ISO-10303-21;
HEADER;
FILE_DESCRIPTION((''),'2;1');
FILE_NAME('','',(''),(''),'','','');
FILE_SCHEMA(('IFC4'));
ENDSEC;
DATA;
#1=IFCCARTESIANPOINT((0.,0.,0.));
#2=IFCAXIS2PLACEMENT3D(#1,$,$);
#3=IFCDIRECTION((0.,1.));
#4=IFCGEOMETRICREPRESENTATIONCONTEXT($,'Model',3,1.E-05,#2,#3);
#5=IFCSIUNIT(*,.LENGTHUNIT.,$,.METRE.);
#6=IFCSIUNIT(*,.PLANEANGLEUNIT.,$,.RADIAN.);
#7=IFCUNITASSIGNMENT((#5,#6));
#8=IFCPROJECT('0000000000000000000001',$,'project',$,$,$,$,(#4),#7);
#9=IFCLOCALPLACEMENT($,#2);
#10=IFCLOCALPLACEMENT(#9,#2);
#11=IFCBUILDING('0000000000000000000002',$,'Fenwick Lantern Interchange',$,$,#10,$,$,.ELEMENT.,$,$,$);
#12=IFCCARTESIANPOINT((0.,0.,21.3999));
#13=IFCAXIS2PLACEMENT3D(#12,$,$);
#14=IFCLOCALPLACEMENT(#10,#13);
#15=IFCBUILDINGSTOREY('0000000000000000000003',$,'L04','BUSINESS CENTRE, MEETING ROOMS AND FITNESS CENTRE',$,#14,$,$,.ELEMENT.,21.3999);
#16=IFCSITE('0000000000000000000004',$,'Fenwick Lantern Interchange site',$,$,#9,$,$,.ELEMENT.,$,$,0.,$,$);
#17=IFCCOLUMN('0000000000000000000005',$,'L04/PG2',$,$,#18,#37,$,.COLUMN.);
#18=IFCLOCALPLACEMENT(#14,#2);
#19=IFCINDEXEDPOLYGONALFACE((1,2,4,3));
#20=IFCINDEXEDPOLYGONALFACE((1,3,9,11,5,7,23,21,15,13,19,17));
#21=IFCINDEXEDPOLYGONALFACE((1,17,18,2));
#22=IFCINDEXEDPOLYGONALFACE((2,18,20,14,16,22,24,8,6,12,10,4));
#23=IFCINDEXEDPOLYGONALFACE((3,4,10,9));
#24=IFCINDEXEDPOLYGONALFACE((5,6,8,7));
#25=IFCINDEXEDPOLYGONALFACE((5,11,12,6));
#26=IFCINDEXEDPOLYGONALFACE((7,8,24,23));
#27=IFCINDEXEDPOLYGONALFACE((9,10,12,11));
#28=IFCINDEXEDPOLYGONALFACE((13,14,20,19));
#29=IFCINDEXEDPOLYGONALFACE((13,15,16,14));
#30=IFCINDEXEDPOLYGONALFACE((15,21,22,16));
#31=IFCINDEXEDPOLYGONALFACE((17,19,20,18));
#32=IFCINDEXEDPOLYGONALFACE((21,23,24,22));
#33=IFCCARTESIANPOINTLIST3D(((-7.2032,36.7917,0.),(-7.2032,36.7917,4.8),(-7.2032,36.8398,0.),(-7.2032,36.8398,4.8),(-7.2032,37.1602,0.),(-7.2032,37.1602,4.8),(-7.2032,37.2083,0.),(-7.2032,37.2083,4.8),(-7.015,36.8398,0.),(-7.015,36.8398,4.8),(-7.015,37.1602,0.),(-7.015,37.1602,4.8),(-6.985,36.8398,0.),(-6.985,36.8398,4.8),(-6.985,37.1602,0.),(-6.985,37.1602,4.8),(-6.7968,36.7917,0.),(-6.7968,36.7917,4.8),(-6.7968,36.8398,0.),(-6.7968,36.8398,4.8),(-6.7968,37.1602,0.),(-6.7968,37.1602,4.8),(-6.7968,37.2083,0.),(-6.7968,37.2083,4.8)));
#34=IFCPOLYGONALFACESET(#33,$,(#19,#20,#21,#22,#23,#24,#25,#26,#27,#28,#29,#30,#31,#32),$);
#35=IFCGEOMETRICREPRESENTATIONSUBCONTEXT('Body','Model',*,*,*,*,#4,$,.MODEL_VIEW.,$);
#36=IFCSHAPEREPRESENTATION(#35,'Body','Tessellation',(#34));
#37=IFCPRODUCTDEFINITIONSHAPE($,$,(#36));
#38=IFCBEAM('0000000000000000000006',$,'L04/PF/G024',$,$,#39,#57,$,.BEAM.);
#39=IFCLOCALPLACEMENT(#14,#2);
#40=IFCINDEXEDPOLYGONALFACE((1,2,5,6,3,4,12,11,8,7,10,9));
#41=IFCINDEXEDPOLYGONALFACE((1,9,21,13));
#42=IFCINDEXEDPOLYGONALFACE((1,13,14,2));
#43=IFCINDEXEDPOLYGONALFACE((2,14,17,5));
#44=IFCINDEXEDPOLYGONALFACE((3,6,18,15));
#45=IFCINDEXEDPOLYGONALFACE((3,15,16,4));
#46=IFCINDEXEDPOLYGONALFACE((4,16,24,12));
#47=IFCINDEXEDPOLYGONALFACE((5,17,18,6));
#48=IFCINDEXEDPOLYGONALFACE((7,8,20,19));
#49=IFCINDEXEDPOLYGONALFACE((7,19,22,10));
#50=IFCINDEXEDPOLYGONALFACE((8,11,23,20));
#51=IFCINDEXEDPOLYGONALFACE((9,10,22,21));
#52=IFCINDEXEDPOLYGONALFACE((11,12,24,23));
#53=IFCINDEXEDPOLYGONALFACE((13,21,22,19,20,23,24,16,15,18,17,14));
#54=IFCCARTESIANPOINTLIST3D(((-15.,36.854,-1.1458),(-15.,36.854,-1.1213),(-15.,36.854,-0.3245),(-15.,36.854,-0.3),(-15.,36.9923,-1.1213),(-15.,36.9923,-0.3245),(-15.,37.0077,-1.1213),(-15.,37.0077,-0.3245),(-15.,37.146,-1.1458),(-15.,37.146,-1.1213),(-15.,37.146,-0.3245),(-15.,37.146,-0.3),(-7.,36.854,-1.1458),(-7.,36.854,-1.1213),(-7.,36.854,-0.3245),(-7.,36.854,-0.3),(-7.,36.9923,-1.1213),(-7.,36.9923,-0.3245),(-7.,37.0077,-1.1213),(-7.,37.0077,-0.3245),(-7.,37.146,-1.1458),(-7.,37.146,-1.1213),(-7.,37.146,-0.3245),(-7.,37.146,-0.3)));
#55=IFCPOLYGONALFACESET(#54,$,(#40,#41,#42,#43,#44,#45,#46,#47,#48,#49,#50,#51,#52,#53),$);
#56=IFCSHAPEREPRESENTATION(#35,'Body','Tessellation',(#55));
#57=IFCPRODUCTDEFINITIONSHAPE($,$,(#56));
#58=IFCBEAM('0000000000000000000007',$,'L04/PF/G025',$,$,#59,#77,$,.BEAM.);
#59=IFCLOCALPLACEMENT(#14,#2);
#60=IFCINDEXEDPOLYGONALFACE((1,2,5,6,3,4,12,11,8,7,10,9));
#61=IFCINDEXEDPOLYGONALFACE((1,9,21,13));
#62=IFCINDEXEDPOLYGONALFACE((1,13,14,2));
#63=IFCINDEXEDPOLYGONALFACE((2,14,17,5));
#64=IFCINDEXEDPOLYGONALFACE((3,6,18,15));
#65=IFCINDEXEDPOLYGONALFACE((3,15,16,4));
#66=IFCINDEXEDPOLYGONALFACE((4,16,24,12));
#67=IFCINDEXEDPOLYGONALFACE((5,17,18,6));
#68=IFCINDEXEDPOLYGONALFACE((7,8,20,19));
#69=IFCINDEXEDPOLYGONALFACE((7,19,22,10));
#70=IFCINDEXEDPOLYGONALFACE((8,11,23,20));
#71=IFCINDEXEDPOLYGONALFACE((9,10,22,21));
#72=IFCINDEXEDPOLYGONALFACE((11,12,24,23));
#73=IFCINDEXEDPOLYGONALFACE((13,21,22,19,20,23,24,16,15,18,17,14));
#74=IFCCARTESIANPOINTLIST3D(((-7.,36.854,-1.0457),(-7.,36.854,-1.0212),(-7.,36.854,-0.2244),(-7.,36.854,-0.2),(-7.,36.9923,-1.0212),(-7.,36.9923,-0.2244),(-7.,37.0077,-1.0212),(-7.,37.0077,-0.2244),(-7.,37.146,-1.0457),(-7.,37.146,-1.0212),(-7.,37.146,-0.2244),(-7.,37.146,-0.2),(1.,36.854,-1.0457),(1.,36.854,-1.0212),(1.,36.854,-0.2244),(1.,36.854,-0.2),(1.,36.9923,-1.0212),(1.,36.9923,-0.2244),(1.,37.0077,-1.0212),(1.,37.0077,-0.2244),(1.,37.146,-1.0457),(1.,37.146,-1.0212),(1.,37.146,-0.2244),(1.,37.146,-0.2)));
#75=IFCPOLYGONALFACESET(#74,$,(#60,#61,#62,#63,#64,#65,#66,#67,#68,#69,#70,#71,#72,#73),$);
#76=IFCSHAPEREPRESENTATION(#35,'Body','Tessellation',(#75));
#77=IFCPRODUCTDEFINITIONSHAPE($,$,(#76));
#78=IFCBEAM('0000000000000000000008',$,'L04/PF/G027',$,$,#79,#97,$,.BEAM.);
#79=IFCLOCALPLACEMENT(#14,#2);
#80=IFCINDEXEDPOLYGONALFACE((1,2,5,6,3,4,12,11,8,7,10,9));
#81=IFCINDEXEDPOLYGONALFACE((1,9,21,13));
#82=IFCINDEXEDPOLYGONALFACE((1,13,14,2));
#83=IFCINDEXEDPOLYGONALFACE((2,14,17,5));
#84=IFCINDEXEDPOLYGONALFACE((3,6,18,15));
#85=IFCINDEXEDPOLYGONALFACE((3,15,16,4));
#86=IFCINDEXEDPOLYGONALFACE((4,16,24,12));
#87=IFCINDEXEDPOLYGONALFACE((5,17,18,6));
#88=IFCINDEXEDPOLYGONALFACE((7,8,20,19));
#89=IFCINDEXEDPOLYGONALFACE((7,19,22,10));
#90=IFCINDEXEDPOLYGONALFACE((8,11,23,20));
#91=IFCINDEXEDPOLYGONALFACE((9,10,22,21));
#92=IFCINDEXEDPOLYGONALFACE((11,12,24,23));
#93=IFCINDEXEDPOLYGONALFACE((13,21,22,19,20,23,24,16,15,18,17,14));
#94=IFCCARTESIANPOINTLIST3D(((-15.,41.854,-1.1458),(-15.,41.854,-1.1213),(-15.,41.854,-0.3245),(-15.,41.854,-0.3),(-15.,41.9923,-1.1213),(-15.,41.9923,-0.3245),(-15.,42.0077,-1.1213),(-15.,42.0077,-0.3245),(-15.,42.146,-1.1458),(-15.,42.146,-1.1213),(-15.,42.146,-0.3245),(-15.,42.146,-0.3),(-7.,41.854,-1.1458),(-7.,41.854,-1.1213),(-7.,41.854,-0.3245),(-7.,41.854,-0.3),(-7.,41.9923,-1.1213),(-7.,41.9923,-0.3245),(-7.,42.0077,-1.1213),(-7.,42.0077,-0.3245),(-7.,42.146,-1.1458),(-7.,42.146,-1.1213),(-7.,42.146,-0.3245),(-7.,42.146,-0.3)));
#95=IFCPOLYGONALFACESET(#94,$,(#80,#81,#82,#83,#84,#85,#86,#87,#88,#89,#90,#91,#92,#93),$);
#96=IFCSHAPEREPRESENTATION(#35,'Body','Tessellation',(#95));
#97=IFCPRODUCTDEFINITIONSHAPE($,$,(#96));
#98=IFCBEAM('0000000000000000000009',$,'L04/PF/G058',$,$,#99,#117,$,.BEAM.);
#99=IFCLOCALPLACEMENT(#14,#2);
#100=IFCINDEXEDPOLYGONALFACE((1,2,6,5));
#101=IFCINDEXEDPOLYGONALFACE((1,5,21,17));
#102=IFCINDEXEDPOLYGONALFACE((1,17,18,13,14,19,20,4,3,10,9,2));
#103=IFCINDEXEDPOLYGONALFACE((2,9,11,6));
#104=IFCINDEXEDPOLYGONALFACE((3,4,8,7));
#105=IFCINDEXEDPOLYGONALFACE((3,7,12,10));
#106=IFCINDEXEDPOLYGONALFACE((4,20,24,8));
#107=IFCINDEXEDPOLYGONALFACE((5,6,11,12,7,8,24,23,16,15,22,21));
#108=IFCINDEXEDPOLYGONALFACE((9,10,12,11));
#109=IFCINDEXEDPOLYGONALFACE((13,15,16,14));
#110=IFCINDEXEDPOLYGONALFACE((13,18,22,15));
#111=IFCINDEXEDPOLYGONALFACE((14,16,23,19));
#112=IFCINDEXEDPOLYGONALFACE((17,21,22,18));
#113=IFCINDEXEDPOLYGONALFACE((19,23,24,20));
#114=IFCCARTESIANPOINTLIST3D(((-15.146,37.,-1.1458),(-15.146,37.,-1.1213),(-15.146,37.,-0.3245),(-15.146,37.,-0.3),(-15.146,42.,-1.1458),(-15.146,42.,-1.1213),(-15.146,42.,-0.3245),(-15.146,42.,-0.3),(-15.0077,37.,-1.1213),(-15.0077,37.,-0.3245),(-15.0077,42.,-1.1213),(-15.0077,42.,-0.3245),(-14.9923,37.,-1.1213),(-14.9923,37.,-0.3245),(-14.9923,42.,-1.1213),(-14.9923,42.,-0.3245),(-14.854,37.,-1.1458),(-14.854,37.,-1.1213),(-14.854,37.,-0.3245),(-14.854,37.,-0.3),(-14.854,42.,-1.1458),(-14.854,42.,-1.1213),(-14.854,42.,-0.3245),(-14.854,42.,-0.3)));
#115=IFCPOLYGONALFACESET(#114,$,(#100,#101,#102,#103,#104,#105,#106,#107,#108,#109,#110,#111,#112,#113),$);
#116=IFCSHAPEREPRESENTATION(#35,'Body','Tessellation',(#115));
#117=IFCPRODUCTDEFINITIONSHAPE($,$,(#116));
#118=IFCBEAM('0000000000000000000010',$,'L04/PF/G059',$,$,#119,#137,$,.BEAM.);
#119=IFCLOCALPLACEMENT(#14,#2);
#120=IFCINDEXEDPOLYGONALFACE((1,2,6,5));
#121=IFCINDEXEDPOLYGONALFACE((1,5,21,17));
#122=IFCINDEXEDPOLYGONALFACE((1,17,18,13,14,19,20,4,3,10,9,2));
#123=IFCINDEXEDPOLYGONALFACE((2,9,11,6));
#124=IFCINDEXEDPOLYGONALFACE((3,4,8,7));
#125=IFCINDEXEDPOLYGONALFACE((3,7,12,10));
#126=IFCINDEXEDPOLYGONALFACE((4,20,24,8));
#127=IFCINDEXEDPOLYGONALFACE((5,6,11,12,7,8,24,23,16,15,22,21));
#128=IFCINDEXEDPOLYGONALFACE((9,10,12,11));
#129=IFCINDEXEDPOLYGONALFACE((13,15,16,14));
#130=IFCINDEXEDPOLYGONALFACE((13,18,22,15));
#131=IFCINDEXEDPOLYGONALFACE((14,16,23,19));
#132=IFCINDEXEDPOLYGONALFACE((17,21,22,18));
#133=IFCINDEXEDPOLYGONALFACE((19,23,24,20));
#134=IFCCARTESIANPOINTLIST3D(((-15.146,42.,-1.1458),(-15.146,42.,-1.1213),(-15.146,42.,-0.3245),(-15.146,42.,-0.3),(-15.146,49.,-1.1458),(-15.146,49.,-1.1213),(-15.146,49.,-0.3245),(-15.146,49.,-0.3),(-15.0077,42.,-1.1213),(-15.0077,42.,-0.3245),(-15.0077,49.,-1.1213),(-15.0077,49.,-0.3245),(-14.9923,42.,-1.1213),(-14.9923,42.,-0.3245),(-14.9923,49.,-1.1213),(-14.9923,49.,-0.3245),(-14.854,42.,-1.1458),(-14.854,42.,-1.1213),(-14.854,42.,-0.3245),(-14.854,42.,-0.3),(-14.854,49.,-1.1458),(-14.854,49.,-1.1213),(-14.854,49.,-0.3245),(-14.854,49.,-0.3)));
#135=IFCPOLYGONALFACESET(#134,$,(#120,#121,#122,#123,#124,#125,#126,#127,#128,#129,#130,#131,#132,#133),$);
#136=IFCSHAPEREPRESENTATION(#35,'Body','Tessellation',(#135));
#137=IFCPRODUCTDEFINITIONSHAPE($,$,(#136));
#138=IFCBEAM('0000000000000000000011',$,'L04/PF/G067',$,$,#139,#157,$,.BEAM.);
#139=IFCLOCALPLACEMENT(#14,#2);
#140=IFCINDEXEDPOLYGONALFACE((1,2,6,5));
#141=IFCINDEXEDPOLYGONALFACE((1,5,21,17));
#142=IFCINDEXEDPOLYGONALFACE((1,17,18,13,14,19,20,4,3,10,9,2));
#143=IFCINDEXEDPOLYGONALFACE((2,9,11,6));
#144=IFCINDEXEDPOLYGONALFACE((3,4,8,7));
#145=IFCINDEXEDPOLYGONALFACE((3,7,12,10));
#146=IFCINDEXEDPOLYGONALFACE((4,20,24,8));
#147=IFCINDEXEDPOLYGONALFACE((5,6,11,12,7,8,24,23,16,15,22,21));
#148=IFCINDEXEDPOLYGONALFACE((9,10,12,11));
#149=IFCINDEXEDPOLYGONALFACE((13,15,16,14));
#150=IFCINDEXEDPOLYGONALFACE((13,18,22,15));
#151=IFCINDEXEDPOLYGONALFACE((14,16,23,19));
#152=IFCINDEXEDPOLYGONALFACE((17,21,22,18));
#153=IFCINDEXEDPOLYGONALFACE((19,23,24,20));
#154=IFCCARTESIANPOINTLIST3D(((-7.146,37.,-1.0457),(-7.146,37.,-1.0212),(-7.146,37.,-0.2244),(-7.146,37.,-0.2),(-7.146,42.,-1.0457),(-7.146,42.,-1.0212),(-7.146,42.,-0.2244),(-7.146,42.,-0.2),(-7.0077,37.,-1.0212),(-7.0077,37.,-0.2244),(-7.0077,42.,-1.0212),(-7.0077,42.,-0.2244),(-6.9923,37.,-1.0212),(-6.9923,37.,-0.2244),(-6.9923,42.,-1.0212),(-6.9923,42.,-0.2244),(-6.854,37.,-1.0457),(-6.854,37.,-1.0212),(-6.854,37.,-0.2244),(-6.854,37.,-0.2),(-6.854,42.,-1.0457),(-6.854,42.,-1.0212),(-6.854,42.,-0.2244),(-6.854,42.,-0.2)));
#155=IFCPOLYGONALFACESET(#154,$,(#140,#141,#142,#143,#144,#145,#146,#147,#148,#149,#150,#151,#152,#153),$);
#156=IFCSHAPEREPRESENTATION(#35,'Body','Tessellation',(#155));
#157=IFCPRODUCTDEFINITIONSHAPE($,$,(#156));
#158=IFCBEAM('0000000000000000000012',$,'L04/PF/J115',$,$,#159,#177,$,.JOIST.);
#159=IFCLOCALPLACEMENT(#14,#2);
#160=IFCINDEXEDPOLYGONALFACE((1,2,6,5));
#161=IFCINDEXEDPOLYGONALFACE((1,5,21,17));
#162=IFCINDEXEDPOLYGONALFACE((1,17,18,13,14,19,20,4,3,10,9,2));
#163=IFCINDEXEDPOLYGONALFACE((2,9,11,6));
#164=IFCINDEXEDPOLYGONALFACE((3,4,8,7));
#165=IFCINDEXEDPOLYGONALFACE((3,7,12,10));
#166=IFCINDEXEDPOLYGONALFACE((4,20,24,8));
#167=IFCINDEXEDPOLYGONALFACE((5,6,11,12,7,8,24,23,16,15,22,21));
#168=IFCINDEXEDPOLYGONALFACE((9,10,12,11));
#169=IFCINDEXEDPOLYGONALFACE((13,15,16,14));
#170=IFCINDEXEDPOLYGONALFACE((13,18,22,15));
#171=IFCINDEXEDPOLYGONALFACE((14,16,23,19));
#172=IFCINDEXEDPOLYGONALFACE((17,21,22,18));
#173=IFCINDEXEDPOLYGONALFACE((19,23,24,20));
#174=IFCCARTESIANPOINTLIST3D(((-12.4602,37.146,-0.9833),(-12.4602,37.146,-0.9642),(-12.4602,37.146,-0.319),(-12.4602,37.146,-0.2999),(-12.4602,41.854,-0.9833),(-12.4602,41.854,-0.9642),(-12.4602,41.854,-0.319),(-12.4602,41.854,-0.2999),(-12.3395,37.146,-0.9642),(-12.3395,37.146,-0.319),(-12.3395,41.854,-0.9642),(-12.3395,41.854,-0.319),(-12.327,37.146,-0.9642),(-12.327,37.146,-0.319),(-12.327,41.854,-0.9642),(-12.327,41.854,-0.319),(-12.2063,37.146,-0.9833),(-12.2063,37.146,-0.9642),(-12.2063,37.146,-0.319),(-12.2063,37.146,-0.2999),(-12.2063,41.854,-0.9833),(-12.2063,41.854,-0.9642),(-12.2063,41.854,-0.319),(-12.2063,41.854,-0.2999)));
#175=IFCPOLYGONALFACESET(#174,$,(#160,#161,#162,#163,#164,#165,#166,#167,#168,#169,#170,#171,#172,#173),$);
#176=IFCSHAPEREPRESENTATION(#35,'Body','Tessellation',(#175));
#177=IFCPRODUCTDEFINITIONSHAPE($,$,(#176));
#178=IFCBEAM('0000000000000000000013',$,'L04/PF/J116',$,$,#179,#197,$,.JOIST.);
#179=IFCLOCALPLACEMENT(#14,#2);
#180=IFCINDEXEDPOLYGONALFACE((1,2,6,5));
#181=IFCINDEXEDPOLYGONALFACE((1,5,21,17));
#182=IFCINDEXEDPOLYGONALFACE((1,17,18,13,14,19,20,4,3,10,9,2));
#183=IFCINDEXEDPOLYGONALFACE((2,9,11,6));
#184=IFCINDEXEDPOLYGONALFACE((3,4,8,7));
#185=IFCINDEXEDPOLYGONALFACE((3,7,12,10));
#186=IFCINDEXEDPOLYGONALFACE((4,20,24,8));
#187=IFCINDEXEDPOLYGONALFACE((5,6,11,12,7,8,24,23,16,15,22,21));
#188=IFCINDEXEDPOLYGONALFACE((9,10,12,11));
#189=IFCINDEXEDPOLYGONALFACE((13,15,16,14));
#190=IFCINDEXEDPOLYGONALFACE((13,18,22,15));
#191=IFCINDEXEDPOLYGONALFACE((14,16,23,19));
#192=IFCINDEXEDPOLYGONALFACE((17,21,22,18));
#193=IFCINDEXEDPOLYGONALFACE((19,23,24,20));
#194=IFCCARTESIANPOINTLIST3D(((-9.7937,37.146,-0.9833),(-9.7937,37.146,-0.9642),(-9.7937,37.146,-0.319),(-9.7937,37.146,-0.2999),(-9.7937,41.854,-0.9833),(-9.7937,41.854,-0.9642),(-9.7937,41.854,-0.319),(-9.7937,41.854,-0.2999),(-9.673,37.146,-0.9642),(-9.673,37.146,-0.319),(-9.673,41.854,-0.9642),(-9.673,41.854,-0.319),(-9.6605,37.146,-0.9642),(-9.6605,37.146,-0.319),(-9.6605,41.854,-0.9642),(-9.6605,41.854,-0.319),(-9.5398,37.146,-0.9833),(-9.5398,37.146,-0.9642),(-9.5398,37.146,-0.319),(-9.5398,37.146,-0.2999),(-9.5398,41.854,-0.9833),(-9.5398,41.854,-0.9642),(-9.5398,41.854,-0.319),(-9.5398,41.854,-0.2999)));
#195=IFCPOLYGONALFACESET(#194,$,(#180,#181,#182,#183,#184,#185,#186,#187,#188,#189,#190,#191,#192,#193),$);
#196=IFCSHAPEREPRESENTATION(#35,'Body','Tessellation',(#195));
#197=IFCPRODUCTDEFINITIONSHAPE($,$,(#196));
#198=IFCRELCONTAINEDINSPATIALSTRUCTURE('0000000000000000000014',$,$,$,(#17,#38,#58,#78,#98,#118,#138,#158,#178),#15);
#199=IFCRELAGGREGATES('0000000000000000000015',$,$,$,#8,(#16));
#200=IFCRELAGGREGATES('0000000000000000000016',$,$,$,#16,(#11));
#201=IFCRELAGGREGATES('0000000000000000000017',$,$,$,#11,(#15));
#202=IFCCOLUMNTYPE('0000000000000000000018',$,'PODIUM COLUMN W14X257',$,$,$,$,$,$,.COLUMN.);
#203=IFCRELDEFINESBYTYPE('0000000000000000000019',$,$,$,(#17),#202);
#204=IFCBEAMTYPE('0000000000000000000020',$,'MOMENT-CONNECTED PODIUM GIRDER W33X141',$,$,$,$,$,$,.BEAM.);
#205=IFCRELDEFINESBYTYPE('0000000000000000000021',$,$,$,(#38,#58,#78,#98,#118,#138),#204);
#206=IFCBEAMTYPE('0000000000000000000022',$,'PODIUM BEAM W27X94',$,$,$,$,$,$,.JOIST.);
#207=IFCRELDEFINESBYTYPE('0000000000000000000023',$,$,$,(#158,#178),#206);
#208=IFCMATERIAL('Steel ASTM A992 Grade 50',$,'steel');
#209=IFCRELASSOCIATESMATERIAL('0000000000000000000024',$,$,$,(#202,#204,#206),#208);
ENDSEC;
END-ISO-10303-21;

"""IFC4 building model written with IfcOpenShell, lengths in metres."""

from ifc_helpers import new_model, si_unit, direction, frame, origin, origin_2d, place, context, subcontext, project, spatial, i_section, extrude, material, material_profile, profile_set, type_object, element, save


model = new_model("IFC4")

# Units and contexts
model_context = context("Model", 3, precision=1e-05, world=origin(), true_north=direction((0.0, 1.0)))
body_context = subcontext(model_context, "Body", "Model", "MODEL_VIEW")
ifc_project = project(units=[si_unit("LENGTHUNIT", "METRE"), si_unit("PLANEANGLEUNIT", "RADIAN")], contexts=[model_context])

# Site, building, storey
site_placement = place(None, origin())
site = spatial("IfcSite", under=ifc_project, at=site_placement, Name="Fenwick Lantern Interchange site", CompositionType="ELEMENT", RefElevation=0.0)
building_placement = place(site_placement, origin())
building = spatial("IfcBuilding", under=site, at=building_placement, Name="Fenwick Lantern Interchange", CompositionType="ELEMENT")
storey_placement = place(building_placement, frame((0.0, 0.0, 21.3999)))
storey = spatial("IfcBuildingStorey", under=building, at=storey_placement, Name="L04", Description="BUSINESS CENTRE, MEETING ROOMS AND FITNESS CENTRE", CompositionType="ELEMENT", Elevation=21.3999)

# Column
ifc_material_1 = material(Name="Steel ASTM A992 Grade 50", Category="steel")
ifc_material_profile_1 = material_profile(ifc_material_1, i_section(OverallWidth=0.4065, OverallDepth=0.4165, WebThickness=0.03, FlangeThickness=0.0481, at=origin_2d()), Name="W14X257")
ifc_profile_set_1 = profile_set([ifc_material_profile_1], Name="Steel ASTM A992 Grade 50")
column_type = type_object("IfcColumnType", Name="PODIUM COLUMN W14X257", PredefinedType="COLUMN", material=ifc_profile_set_1)
column_placement = place(storey_placement, frame((-7.0, 37.0, 0.0), z_axis=(0.0, 0.0, 1.0), x_axis=(1.0, 0.0, 0.0)))
element("IfcColumn", 1, at=column_placement, inside=storey, type_object=column_type, Name="L04/PG2", PredefinedType="COLUMN", context=body_context, shape_type="SweptSolid", body=[
    extrude(i_section(OverallWidth=0.4065, OverallDepth=0.4165, WebThickness=0.03, FlangeThickness=0.0481, at=origin_2d()), origin(), (0.0, 0.0, 1.0), 4.8),
])

# Beams
ifc_material_profile_2 = material_profile(ifc_material_1, i_section(OverallWidth=0.292, OverallDepth=0.8457, WebThickness=0.0154, FlangeThickness=0.0244, at=origin_2d()), Name="W33X141")
ifc_profile_set_2 = profile_set([ifc_material_profile_2], Name="Steel ASTM A992 Grade 50")
beam_type_1 = type_object("IfcBeamType", Name="MOMENT-CONNECTED PODIUM GIRDER W33X141", PredefinedType="BEAM", material=ifc_profile_set_2)
for number, where, z_axis, x_axis, name in (
    (2, (-15.0, 37.0, -0.7229), (1.0, 0.0, 0.0), (0.0, 1.0, 0.0), "L04/PF/G024"),
    (3, (-7.0, 37.0, -0.6228), (1.0, 0.0, 0.0), (0.0, 1.0, 0.0), "L04/PF/G025"),
    (4, (-15.0, 42.0, -0.7229), (1.0, 0.0, 0.0), (0.0, 1.0, 0.0), "L04/PF/G027"),
):
    element("IfcBeam", number, at=place(storey_placement, frame(where, z_axis=z_axis, x_axis=x_axis)), inside=storey, type_object=beam_type_1, Name=name, PredefinedType="BEAM", context=body_context, shape_type="SweptSolid", body=[
        extrude(i_section(OverallWidth=0.292, OverallDepth=0.8457, WebThickness=0.0154, FlangeThickness=0.0244, at=origin_2d()), origin(), (0.0, 0.0, 1.0), 8.0),
    ])
beam_1_placement = place(storey_placement, frame((-15.0, 37.0, -0.7229), z_axis=(0.0, 1.0, 0.0), x_axis=(-1.0, 0.0, 0.0)))
element("IfcBeam", 5, at=beam_1_placement, inside=storey, type_object=beam_type_1, Name="L04/PF/G058", PredefinedType="BEAM", context=body_context, shape_type="SweptSolid", body=[
    extrude(i_section(OverallWidth=0.292, OverallDepth=0.8457, WebThickness=0.0154, FlangeThickness=0.0244, at=origin_2d()), origin(), (0.0, 0.0, 1.0), 5.0),
])
beam_2_placement = place(storey_placement, frame((-15.0, 42.0, -0.7229), z_axis=(0.0, 1.0, 0.0), x_axis=(-1.0, 0.0, 0.0)))
element("IfcBeam", 6, at=beam_2_placement, inside=storey, type_object=beam_type_1, Name="L04/PF/G059", PredefinedType="BEAM", context=body_context, shape_type="SweptSolid", body=[
    extrude(i_section(OverallWidth=0.292, OverallDepth=0.8457, WebThickness=0.0154, FlangeThickness=0.0244, at=origin_2d()), origin(), (0.0, 0.0, 1.0), 7.0),
])
beam_3_placement = place(storey_placement, frame((-7.0, 37.0, -0.6228), z_axis=(0.0, 1.0, 0.0), x_axis=(-1.0, 0.0, 0.0)))
element("IfcBeam", 7, at=beam_3_placement, inside=storey, type_object=beam_type_1, Name="L04/PF/G067", PredefinedType="BEAM", context=body_context, shape_type="SweptSolid", body=[
    extrude(i_section(OverallWidth=0.292, OverallDepth=0.8457, WebThickness=0.0154, FlangeThickness=0.0244, at=origin_2d()), origin(), (0.0, 0.0, 1.0), 5.0),
])
ifc_material_profile_3 = material_profile(ifc_material_1, i_section(OverallWidth=0.2539, OverallDepth=0.6833, WebThickness=0.0125, FlangeThickness=0.019, at=origin_2d()), Name="W27X94")
ifc_profile_set_3 = profile_set([ifc_material_profile_3], Name="Steel ASTM A992 Grade 50")
beam_type_2 = type_object("IfcBeamType", Name="PODIUM BEAM W27X94", PredefinedType="JOIST", material=ifc_profile_set_3)
for number, where, z_axis, x_axis, name in (
    (8, (-12.3333, 37.146, -0.6416), (0.0, 1.0, 0.0), (-1.0, 0.0, 0.0), "L04/PF/J115"),
    (9, (-9.6667, 37.146, -0.6416), (0.0, 1.0, 0.0), (-1.0, 0.0, 0.0), "L04/PF/J116"),
):
    element("IfcBeam", number, at=place(storey_placement, frame(where, z_axis=z_axis, x_axis=x_axis)), inside=storey, type_object=beam_type_2, Name=name, PredefinedType="JOIST", context=body_context, shape_type="SweptSolid", body=[
        extrude(i_section(OverallWidth=0.2539, OverallDepth=0.6833, WebThickness=0.0125, FlangeThickness=0.019, at=origin_2d()), origin(), (0.0, 0.0, 1.0), 4.708),
    ])

save(model, "model.ifc")
